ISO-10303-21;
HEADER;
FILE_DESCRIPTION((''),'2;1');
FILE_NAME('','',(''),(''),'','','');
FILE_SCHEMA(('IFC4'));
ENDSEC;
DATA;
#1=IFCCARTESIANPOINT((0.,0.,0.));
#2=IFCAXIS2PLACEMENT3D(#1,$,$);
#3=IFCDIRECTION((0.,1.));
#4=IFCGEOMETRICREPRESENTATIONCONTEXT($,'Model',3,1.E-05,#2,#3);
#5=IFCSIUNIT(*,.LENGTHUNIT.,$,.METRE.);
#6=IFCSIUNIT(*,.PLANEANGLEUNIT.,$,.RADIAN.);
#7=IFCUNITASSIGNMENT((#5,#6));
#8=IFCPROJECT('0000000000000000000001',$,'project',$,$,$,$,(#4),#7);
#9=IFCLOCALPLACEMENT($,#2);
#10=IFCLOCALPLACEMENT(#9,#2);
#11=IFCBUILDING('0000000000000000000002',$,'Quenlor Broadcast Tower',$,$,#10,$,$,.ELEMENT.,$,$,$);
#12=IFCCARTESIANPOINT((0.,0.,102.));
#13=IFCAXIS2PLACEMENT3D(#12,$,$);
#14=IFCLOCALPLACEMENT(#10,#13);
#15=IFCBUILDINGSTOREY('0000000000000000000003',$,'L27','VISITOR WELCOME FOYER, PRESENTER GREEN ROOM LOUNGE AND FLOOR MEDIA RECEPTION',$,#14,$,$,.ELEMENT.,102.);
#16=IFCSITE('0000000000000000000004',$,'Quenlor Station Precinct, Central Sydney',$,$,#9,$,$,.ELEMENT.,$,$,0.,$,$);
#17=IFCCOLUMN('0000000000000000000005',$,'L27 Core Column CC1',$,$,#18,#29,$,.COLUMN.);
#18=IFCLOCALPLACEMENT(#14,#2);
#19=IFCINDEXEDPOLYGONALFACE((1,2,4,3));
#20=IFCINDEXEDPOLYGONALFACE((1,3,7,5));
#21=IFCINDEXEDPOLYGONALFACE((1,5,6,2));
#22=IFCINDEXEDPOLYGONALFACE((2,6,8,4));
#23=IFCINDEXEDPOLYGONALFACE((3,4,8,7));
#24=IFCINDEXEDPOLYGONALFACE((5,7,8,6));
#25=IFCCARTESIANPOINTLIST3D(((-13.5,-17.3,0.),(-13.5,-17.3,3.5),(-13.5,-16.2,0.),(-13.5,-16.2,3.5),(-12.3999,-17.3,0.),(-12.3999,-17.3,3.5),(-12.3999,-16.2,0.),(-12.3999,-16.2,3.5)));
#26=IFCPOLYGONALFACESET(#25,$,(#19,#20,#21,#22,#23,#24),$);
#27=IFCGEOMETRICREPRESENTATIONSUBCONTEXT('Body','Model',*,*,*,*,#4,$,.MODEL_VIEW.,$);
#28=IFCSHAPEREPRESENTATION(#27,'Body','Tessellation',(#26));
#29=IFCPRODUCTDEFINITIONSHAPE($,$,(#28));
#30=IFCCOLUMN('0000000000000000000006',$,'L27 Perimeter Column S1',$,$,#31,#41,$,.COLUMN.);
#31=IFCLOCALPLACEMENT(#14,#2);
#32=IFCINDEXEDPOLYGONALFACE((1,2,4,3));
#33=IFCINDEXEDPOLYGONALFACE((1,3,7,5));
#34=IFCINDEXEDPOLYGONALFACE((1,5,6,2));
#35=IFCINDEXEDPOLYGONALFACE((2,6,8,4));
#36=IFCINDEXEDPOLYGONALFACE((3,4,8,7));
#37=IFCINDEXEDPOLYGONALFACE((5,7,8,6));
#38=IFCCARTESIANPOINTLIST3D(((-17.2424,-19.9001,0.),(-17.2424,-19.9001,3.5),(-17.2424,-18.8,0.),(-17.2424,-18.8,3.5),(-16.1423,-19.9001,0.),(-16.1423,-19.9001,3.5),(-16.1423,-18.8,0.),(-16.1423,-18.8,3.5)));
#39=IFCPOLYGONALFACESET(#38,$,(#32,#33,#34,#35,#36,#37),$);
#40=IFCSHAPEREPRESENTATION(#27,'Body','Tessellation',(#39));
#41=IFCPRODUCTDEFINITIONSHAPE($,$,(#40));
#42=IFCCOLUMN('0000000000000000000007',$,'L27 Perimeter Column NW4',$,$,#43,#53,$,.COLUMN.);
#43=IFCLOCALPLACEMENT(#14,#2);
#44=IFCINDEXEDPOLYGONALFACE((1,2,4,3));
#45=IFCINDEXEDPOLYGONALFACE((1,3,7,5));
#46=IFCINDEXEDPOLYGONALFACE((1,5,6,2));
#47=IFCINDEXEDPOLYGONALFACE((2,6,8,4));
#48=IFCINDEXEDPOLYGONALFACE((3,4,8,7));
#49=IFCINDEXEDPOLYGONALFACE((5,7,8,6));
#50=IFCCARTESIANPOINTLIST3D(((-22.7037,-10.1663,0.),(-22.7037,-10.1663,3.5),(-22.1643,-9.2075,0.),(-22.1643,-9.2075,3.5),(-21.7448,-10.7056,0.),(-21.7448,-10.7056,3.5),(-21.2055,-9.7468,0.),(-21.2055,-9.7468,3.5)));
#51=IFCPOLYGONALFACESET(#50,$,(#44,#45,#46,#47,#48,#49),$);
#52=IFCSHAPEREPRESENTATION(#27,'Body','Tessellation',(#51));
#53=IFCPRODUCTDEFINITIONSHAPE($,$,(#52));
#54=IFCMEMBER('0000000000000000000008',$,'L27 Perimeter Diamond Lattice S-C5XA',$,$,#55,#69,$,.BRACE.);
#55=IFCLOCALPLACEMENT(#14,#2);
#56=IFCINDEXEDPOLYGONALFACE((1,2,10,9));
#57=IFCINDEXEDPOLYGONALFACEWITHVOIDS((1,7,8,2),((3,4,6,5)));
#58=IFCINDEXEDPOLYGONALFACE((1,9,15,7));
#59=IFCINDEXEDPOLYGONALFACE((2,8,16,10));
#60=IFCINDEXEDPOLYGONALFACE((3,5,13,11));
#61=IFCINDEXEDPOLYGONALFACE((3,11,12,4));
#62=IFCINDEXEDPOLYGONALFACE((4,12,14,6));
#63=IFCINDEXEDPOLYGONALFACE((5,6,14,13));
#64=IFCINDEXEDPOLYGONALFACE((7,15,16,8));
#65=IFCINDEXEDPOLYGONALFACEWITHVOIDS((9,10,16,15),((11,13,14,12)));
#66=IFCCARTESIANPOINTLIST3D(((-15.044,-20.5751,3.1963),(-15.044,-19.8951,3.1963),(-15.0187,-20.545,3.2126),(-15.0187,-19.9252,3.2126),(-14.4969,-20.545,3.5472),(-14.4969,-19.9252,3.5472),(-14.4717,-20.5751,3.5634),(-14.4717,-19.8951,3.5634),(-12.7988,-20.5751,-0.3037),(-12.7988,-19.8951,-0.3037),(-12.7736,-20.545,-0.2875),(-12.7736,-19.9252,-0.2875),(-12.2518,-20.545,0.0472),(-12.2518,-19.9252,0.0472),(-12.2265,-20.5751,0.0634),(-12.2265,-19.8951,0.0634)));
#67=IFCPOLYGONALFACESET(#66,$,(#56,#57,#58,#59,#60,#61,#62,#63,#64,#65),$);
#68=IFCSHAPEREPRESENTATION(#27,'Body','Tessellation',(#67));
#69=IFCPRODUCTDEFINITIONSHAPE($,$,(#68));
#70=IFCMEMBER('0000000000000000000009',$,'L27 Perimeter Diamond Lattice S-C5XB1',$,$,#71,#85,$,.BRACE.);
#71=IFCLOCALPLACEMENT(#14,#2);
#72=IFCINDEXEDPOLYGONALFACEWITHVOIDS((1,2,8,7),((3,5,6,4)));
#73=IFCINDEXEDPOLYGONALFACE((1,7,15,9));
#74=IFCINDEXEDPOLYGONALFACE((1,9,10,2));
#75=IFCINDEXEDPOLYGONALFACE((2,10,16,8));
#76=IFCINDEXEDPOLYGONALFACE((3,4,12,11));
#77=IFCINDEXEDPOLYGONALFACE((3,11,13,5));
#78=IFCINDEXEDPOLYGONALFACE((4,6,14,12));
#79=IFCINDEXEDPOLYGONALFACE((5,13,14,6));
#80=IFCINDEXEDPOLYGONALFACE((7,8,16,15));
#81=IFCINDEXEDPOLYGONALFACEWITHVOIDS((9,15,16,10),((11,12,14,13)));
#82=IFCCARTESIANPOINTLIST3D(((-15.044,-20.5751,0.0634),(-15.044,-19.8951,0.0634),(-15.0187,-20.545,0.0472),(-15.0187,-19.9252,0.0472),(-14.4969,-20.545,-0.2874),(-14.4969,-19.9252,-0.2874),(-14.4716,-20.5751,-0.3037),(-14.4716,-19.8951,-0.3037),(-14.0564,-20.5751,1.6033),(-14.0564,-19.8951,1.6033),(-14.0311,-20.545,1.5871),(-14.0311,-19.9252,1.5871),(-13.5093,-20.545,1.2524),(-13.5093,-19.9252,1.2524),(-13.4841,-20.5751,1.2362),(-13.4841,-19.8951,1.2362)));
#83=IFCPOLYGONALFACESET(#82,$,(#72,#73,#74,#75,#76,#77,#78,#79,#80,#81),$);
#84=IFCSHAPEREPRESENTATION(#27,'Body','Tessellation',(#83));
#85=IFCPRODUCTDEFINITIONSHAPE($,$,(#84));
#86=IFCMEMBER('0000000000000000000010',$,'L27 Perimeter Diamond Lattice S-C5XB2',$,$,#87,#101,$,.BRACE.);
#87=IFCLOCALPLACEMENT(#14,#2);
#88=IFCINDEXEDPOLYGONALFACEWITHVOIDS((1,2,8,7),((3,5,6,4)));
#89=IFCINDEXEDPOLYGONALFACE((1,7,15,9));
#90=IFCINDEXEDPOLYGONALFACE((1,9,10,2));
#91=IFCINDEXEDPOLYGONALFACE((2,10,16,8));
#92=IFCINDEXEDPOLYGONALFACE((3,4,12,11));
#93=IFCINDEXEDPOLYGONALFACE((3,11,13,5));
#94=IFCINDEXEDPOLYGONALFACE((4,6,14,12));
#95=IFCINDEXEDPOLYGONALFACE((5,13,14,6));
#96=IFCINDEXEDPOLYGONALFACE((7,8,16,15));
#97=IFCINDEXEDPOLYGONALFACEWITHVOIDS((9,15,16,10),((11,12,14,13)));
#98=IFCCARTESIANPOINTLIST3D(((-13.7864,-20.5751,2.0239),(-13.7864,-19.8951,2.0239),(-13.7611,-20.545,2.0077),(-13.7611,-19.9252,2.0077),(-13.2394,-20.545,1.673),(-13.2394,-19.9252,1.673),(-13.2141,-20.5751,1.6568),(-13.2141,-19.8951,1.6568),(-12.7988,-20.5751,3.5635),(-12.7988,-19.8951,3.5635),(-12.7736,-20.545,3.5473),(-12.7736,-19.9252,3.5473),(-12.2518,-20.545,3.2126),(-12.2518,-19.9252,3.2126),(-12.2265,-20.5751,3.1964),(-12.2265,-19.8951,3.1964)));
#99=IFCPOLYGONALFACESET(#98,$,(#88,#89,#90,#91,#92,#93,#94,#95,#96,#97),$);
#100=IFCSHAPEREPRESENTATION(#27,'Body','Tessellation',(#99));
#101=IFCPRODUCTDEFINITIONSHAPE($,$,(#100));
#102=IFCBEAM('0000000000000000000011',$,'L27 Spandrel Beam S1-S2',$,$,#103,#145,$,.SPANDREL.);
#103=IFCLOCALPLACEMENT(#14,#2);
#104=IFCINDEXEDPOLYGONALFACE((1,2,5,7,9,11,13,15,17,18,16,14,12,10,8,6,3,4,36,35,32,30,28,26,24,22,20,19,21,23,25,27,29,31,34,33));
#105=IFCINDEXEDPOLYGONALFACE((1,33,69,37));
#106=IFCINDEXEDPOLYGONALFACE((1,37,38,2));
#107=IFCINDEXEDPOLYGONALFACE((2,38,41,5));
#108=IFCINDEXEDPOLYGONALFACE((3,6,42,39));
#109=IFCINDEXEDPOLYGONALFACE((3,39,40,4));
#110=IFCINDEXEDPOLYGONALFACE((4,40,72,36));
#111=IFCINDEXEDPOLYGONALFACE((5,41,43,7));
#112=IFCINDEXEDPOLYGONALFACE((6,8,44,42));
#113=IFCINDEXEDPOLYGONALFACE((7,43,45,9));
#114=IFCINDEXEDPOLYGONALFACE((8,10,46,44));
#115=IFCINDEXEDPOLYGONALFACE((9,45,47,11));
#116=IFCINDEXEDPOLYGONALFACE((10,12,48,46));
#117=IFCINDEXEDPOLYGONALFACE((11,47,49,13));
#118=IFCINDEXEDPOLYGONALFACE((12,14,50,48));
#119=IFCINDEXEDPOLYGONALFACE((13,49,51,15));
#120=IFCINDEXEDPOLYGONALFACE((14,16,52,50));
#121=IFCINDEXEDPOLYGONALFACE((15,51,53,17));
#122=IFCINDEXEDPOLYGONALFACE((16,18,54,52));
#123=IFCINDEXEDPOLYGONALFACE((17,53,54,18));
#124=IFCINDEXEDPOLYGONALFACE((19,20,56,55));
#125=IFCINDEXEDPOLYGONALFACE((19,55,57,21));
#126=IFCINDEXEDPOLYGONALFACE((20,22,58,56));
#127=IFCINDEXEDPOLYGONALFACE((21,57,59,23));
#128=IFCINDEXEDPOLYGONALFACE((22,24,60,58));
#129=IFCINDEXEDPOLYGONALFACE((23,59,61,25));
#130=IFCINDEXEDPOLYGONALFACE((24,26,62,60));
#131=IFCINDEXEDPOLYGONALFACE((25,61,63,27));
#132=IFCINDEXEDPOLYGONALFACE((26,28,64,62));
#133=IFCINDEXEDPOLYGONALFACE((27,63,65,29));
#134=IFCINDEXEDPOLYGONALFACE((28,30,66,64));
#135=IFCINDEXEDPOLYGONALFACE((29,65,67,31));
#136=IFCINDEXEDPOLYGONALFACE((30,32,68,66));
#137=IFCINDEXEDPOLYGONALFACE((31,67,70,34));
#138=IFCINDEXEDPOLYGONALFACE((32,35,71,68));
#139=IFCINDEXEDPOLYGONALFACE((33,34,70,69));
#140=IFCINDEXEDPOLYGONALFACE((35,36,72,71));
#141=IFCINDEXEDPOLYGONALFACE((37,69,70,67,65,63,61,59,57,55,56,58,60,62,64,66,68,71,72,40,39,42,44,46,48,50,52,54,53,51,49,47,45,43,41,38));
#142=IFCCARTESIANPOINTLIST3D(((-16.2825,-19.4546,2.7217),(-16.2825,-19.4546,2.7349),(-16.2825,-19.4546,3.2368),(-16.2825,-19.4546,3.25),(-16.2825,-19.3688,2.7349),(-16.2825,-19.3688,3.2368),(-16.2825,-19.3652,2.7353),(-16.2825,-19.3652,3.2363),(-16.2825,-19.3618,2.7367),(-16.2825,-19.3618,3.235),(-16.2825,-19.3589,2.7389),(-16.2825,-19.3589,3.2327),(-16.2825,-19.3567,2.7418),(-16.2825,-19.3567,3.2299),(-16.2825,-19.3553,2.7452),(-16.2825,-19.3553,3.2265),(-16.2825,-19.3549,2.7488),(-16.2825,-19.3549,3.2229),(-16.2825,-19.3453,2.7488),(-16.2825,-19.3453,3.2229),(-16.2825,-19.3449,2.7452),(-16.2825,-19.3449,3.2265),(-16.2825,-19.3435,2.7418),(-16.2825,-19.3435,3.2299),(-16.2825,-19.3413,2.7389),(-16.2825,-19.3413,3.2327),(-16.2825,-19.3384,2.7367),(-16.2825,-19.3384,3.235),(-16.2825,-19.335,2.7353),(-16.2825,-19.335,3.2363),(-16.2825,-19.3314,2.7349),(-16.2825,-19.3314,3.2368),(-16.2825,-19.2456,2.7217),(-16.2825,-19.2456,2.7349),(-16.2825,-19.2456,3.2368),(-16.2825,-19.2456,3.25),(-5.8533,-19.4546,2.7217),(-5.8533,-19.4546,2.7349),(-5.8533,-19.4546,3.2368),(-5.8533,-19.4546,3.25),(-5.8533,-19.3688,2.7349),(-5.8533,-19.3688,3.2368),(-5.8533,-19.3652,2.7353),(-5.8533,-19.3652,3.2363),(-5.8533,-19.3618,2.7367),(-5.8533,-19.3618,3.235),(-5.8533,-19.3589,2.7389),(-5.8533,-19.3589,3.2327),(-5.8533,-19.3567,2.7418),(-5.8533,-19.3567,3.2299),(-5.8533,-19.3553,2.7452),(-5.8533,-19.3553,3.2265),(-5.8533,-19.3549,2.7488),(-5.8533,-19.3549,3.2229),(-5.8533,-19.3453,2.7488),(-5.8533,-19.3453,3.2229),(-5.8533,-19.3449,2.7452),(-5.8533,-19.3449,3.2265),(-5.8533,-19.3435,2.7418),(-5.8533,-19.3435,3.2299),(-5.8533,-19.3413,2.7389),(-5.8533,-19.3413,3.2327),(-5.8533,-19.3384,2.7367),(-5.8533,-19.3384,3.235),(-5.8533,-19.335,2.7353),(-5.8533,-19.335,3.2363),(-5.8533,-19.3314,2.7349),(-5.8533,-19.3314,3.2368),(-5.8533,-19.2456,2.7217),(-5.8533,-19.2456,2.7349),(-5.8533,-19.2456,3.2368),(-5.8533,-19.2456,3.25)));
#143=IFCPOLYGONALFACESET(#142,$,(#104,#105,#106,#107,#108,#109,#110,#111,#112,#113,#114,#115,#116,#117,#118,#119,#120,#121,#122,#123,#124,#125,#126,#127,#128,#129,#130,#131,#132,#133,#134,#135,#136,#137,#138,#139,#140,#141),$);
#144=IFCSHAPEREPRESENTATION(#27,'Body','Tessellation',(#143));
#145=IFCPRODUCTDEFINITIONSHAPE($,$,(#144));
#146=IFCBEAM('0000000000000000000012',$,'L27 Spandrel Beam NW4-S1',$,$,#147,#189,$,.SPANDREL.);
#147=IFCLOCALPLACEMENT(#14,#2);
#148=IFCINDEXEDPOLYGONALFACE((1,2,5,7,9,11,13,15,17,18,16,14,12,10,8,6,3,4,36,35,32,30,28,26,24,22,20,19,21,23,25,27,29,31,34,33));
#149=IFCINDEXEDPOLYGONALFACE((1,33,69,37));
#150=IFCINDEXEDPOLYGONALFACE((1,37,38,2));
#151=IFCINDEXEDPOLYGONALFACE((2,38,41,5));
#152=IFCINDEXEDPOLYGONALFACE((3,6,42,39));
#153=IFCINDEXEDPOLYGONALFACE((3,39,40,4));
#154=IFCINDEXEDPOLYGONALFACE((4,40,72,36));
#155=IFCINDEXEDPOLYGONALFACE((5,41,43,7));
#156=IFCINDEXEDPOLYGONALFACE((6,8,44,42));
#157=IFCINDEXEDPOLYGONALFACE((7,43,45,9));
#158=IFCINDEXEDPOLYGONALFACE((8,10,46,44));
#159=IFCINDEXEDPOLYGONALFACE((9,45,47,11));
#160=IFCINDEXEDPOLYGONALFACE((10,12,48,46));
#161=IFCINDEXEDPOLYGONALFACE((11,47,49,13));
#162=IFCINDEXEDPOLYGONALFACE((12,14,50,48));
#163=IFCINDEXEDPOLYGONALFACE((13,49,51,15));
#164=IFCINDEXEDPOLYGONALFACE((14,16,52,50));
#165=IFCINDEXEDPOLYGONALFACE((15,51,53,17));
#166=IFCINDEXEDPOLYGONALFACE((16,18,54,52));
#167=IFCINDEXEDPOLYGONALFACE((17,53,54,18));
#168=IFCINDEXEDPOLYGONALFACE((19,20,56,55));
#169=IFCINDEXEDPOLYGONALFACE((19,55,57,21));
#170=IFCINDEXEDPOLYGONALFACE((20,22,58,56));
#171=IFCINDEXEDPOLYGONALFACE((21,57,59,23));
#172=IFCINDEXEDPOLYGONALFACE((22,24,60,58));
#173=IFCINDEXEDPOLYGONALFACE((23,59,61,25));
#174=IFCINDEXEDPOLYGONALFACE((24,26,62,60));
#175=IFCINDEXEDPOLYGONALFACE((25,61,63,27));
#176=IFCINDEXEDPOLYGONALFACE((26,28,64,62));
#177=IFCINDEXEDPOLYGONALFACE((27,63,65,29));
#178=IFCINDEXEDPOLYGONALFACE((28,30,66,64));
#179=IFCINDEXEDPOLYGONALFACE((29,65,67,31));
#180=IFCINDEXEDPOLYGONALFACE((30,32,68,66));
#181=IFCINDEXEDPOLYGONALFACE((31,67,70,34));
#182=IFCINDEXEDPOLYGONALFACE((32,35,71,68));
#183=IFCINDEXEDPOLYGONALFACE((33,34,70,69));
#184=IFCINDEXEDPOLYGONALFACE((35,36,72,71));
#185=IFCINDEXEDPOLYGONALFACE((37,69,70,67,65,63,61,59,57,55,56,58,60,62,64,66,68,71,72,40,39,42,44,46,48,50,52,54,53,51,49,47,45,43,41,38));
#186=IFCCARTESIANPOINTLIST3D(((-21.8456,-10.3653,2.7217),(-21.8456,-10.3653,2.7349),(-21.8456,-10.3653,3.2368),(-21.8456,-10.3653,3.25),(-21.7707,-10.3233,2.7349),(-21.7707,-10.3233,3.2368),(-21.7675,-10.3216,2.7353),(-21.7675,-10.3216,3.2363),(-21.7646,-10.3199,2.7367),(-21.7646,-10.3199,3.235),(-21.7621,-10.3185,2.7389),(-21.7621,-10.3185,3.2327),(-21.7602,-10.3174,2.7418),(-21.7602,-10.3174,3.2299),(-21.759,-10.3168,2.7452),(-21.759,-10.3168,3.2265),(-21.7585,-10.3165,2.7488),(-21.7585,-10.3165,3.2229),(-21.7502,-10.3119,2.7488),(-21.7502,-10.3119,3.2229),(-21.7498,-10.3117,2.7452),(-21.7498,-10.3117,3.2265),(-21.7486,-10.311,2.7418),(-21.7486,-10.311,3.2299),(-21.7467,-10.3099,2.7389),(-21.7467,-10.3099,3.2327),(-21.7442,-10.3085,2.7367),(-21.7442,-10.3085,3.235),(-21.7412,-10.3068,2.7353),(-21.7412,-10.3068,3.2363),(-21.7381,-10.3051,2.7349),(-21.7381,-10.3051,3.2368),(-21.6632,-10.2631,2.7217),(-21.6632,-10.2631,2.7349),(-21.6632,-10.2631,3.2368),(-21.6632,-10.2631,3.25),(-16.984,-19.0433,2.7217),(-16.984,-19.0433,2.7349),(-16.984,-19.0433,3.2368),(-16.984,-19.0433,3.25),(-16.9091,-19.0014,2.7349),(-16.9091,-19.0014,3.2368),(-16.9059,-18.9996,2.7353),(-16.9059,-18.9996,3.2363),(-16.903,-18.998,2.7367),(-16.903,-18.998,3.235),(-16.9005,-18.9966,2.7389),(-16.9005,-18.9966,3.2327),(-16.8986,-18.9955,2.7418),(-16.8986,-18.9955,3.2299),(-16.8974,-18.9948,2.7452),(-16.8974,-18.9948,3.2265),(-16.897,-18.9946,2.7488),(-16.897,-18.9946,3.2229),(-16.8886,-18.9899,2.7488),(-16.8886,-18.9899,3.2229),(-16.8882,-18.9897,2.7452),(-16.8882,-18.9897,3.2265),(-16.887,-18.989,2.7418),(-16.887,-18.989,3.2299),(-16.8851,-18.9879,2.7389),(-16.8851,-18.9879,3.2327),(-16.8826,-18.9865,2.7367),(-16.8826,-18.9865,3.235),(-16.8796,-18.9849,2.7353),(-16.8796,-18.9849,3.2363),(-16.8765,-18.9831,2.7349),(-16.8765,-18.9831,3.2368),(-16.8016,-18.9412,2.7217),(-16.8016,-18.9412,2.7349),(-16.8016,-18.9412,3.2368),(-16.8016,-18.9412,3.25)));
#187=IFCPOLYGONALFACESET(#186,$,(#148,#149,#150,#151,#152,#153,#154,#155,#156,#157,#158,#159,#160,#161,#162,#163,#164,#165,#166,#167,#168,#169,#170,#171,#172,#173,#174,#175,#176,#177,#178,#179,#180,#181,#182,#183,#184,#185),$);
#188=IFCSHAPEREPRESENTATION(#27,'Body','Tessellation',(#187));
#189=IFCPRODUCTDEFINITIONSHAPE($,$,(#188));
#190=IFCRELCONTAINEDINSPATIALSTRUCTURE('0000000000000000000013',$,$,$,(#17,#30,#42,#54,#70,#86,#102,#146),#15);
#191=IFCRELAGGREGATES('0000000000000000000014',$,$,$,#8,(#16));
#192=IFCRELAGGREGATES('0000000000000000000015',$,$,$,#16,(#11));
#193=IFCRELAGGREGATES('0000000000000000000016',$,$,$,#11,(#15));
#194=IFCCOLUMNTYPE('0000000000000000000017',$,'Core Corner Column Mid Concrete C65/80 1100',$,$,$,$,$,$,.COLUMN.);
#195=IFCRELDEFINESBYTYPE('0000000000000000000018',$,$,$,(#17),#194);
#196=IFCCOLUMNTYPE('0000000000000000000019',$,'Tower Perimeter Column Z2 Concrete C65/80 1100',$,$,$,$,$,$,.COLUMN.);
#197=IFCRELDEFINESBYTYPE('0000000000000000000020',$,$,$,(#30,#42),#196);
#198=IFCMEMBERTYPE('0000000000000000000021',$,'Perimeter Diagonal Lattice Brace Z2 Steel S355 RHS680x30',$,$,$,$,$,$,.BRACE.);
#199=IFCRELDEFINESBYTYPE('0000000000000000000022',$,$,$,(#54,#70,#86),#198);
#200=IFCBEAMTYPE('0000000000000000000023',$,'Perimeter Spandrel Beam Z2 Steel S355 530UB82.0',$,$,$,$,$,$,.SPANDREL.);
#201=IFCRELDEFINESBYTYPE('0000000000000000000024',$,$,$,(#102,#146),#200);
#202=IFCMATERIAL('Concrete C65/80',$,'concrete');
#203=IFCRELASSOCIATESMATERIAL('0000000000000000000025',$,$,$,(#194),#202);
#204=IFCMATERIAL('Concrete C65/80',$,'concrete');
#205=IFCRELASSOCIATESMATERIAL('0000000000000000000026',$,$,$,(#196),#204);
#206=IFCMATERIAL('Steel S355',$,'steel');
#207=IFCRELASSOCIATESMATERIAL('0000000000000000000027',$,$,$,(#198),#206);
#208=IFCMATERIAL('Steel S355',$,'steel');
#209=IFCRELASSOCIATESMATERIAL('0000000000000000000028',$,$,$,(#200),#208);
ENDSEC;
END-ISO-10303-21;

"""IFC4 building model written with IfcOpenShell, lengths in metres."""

from ifc_helpers import new_model, si_unit, direction, frame, origin, origin_2d, place, context, subcontext, project, spatial, rectangle, hollow_rectangle, i_section, extrude, material, material_profile, profile_set, type_object, element, save


model = new_model("IFC4")

# Units and contexts
model_context = context("Model", 3, precision=1e-05, world=origin(), true_north=direction((0.0, 1.0)))
body_context = subcontext(model_context, "Body", "Model", "MODEL_VIEW")
ifc_project = project(units=[si_unit("LENGTHUNIT", "METRE"), si_unit("PLANEANGLEUNIT", "RADIAN")], contexts=[model_context])

# Site, building, storey
site_placement = place(None, origin())
site = spatial("IfcSite", under=ifc_project, at=site_placement, Name="Quenlor Station Precinct, Central Sydney", CompositionType="ELEMENT", RefElevation=0.0)
building_placement = place(site_placement, origin())
building = spatial("IfcBuilding", under=site, at=building_placement, Name="Quenlor Broadcast Tower", CompositionType="ELEMENT")
storey_placement = place(building_placement, frame((0.0, 0.0, 102.0)))
storey = spatial("IfcBuildingStorey", under=building, at=storey_placement, Name="L27", Description="VISITOR WELCOME FOYER, PRESENTER GREEN ROOM LOUNGE AND FLOOR MEDIA RECEPTION", CompositionType="ELEMENT", Elevation=102.0)

# Columns
ifc_material_1 = material(Name="Concrete C65/80", Category="concrete")
ifc_material_profile_1 = material_profile(ifc_material_1, rectangle(XDim=1.1001, YDim=1.1001, at=origin_2d()))
ifc_profile_set_1 = profile_set([ifc_material_profile_1], Name="Concrete C65/80 RC1100x1100")
column_type_1 = type_object("IfcColumnType", Name="Core Corner Column Mid Concrete C65/80 1100", PredefinedType="COLUMN", material=ifc_profile_set_1)
column_placement = place(storey_placement, frame((-12.95, -16.75, 0.0), z_axis=(0.0, 0.0, 1.0), x_axis=(1.0, 0.0, 0.0)))
element("IfcColumn", 1, at=column_placement, inside=storey, type_object=column_type_1, Name="L27 Core Column CC1", PredefinedType="COLUMN", context=body_context, shape_type="SweptSolid", body=[
    extrude(rectangle(XDim=1.1001, YDim=1.1001, at=origin_2d()), origin(), (0.0, 0.0, 1.0), 3.5),
])
ifc_material_2 = material(Name="Concrete C65/80", Category="concrete")
ifc_material_profile_2 = material_profile(ifc_material_2, rectangle(XDim=1.1001, YDim=1.1001, at=origin_2d()))
ifc_profile_set_2 = profile_set([ifc_material_profile_2], Name="Concrete C65/80 RC1100x1100")
column_type_2 = type_object("IfcColumnType", Name="Tower Perimeter Column Z2 Concrete C65/80 1100", PredefinedType="COLUMN", material=ifc_profile_set_2)
for number, where, z_axis, x_axis, name in (
    (2, (-16.6924, -19.3501, 0.0), (0.0, 0.0, 1.0), (0.0, 1.0, 0.0), "L27 Perimeter Column S1"),
    (3, (-21.9546, -9.9565, 0.0), (0.0, 0.0, 1.0), (-0.871575, 0.490262, 0.0), "L27 Perimeter Column NW4"),
):
    element("IfcColumn", number, at=place(storey_placement, frame(where, z_axis=z_axis, x_axis=x_axis)), inside=storey, type_object=column_type_2, Name=name, PredefinedType="COLUMN", context=body_context, shape_type="SweptSolid", body=[
        extrude(rectangle(XDim=1.1001, YDim=1.1001, at=origin_2d()), origin(), (0.0, 0.0, 1.0), 3.5),
    ])

# Members
ifc_material_3 = material(Name="Steel S355", Category="steel")
ifc_material_profile_3 = material_profile(ifc_material_3, hollow_rectangle(XDim=0.6799, YDim=0.6799, WallThickness=0.03, at=origin_2d()))
ifc_profile_set_3 = profile_set([ifc_material_profile_3], Name="Steel S355 RHS680x680x30")
member_type = type_object("IfcMemberType", Name="Perimeter Diagonal Lattice Brace Z2 Steel S355 RHS680x30", PredefinedType="BRACE", material=ifc_profile_set_3)
member_1_placement = place(storey_placement, frame((-12.5127, -20.2351, -0.1201), z_axis=(-0.539926, 0.0, 0.841712), x_axis=(0.0, -1.0, 0.0)))
element("IfcMember", 4, at=member_1_placement, inside=storey, type_object=member_type, Name="L27 Perimeter Diamond Lattice S-C5XA", PredefinedType="BRACE", context=body_context, shape_type="SweptSolid", body=[
    extrude(hollow_rectangle(XDim=0.6799, YDim=0.6799, WallThickness=0.03, at=origin_2d()), origin(), (0.0, 0.0, 1.0), 4.1582),
])
member_2_placement = place(storey_placement, frame((-14.7578, -20.2351, -0.1201), z_axis=(0.53986, 0.0, 0.841755), x_axis=(0.0, 1.0, 0.0)))
element("IfcMember", 5, at=member_2_placement, inside=storey, type_object=member_type, Name="L27 Perimeter Diamond Lattice S-C5XB1", PredefinedType="BRACE", context=body_context, shape_type="SweptSolid", body=[
    extrude(hollow_rectangle(XDim=0.6799, YDim=0.6799, WallThickness=0.03, at=origin_2d()), origin(), (0.0, 0.0, 1.0), 1.8293),
])
member_3_placement = place(storey_placement, frame((-13.5002, -20.2351, 1.8403), z_axis=(0.539921, 0.0, 0.841716), x_axis=(0.0, 1.0, 0.0)))
element("IfcMember", 6, at=member_3_placement, inside=storey, type_object=member_type, Name="L27 Perimeter Diamond Lattice S-C5XB2", PredefinedType="BRACE", context=body_context, shape_type="SweptSolid", body=[
    extrude(hollow_rectangle(XDim=0.6799, YDim=0.6799, WallThickness=0.03, at=origin_2d()), origin(), (0.0, 0.0, 1.0), 1.8291),
])

# Beams
ifc_material_4 = material(Name="Steel S355", Category="steel")
ifc_material_profile_4 = material_profile(ifc_material_4, i_section(OverallWidth=0.209, OverallDepth=0.5283, WebThickness=0.0095, FlangeThickness=0.0132, FilletRadius=0.0139, at=origin_2d()))
ifc_profile_set_4 = profile_set([ifc_material_profile_4], Name="Steel S355 530UB82.0")
beam_type_1 = type_object("IfcBeamType", Name="Perimeter Spandrel Beam Z2 Steel S355 530UB82.0", PredefinedType="SPANDREL", material=ifc_profile_set_4)
beam_1_placement = place(storey_placement, frame((-16.2825, -19.3501, 2.9858), z_axis=(1.0, 0.0, 0.0), x_axis=(0.0, 1.0, 0.0)))
element("IfcBeam", 7, at=beam_1_placement, inside=storey, type_object=beam_type_1, Name="L27 Spandrel Beam S1-S2", PredefinedType="SPANDREL", context=body_context, shape_type="SweptSolid", body=[
    extrude(i_section(OverallWidth=0.209, OverallDepth=0.5283, WebThickness=0.0095, FlangeThickness=0.0132, FilletRadius=0.0139, at=origin_2d()), origin(), (0.0, 0.0, 1.0), 10.4292),
])
beam_2_placement = place(storey_placement, frame((-21.7544, -10.3142, 2.9858), z_axis=(0.488749, -0.872424, 0.0), x_axis=(0.872424, 0.488749, 0.0)))
element("IfcBeam", 8, at=beam_2_placement, inside=storey, type_object=beam_type_1, Name="L27 Spandrel Beam NW4-S1", PredefinedType="SPANDREL", context=body_context, shape_type="SweptSolid", body=[
    extrude(i_section(OverallWidth=0.209, OverallDepth=0.5283, WebThickness=0.0095, FlangeThickness=0.0132, FilletRadius=0.0139, at=origin_2d()), origin(), (0.0, 0.0, 1.0), 9.947),
])

save(model, "model.ifc")
